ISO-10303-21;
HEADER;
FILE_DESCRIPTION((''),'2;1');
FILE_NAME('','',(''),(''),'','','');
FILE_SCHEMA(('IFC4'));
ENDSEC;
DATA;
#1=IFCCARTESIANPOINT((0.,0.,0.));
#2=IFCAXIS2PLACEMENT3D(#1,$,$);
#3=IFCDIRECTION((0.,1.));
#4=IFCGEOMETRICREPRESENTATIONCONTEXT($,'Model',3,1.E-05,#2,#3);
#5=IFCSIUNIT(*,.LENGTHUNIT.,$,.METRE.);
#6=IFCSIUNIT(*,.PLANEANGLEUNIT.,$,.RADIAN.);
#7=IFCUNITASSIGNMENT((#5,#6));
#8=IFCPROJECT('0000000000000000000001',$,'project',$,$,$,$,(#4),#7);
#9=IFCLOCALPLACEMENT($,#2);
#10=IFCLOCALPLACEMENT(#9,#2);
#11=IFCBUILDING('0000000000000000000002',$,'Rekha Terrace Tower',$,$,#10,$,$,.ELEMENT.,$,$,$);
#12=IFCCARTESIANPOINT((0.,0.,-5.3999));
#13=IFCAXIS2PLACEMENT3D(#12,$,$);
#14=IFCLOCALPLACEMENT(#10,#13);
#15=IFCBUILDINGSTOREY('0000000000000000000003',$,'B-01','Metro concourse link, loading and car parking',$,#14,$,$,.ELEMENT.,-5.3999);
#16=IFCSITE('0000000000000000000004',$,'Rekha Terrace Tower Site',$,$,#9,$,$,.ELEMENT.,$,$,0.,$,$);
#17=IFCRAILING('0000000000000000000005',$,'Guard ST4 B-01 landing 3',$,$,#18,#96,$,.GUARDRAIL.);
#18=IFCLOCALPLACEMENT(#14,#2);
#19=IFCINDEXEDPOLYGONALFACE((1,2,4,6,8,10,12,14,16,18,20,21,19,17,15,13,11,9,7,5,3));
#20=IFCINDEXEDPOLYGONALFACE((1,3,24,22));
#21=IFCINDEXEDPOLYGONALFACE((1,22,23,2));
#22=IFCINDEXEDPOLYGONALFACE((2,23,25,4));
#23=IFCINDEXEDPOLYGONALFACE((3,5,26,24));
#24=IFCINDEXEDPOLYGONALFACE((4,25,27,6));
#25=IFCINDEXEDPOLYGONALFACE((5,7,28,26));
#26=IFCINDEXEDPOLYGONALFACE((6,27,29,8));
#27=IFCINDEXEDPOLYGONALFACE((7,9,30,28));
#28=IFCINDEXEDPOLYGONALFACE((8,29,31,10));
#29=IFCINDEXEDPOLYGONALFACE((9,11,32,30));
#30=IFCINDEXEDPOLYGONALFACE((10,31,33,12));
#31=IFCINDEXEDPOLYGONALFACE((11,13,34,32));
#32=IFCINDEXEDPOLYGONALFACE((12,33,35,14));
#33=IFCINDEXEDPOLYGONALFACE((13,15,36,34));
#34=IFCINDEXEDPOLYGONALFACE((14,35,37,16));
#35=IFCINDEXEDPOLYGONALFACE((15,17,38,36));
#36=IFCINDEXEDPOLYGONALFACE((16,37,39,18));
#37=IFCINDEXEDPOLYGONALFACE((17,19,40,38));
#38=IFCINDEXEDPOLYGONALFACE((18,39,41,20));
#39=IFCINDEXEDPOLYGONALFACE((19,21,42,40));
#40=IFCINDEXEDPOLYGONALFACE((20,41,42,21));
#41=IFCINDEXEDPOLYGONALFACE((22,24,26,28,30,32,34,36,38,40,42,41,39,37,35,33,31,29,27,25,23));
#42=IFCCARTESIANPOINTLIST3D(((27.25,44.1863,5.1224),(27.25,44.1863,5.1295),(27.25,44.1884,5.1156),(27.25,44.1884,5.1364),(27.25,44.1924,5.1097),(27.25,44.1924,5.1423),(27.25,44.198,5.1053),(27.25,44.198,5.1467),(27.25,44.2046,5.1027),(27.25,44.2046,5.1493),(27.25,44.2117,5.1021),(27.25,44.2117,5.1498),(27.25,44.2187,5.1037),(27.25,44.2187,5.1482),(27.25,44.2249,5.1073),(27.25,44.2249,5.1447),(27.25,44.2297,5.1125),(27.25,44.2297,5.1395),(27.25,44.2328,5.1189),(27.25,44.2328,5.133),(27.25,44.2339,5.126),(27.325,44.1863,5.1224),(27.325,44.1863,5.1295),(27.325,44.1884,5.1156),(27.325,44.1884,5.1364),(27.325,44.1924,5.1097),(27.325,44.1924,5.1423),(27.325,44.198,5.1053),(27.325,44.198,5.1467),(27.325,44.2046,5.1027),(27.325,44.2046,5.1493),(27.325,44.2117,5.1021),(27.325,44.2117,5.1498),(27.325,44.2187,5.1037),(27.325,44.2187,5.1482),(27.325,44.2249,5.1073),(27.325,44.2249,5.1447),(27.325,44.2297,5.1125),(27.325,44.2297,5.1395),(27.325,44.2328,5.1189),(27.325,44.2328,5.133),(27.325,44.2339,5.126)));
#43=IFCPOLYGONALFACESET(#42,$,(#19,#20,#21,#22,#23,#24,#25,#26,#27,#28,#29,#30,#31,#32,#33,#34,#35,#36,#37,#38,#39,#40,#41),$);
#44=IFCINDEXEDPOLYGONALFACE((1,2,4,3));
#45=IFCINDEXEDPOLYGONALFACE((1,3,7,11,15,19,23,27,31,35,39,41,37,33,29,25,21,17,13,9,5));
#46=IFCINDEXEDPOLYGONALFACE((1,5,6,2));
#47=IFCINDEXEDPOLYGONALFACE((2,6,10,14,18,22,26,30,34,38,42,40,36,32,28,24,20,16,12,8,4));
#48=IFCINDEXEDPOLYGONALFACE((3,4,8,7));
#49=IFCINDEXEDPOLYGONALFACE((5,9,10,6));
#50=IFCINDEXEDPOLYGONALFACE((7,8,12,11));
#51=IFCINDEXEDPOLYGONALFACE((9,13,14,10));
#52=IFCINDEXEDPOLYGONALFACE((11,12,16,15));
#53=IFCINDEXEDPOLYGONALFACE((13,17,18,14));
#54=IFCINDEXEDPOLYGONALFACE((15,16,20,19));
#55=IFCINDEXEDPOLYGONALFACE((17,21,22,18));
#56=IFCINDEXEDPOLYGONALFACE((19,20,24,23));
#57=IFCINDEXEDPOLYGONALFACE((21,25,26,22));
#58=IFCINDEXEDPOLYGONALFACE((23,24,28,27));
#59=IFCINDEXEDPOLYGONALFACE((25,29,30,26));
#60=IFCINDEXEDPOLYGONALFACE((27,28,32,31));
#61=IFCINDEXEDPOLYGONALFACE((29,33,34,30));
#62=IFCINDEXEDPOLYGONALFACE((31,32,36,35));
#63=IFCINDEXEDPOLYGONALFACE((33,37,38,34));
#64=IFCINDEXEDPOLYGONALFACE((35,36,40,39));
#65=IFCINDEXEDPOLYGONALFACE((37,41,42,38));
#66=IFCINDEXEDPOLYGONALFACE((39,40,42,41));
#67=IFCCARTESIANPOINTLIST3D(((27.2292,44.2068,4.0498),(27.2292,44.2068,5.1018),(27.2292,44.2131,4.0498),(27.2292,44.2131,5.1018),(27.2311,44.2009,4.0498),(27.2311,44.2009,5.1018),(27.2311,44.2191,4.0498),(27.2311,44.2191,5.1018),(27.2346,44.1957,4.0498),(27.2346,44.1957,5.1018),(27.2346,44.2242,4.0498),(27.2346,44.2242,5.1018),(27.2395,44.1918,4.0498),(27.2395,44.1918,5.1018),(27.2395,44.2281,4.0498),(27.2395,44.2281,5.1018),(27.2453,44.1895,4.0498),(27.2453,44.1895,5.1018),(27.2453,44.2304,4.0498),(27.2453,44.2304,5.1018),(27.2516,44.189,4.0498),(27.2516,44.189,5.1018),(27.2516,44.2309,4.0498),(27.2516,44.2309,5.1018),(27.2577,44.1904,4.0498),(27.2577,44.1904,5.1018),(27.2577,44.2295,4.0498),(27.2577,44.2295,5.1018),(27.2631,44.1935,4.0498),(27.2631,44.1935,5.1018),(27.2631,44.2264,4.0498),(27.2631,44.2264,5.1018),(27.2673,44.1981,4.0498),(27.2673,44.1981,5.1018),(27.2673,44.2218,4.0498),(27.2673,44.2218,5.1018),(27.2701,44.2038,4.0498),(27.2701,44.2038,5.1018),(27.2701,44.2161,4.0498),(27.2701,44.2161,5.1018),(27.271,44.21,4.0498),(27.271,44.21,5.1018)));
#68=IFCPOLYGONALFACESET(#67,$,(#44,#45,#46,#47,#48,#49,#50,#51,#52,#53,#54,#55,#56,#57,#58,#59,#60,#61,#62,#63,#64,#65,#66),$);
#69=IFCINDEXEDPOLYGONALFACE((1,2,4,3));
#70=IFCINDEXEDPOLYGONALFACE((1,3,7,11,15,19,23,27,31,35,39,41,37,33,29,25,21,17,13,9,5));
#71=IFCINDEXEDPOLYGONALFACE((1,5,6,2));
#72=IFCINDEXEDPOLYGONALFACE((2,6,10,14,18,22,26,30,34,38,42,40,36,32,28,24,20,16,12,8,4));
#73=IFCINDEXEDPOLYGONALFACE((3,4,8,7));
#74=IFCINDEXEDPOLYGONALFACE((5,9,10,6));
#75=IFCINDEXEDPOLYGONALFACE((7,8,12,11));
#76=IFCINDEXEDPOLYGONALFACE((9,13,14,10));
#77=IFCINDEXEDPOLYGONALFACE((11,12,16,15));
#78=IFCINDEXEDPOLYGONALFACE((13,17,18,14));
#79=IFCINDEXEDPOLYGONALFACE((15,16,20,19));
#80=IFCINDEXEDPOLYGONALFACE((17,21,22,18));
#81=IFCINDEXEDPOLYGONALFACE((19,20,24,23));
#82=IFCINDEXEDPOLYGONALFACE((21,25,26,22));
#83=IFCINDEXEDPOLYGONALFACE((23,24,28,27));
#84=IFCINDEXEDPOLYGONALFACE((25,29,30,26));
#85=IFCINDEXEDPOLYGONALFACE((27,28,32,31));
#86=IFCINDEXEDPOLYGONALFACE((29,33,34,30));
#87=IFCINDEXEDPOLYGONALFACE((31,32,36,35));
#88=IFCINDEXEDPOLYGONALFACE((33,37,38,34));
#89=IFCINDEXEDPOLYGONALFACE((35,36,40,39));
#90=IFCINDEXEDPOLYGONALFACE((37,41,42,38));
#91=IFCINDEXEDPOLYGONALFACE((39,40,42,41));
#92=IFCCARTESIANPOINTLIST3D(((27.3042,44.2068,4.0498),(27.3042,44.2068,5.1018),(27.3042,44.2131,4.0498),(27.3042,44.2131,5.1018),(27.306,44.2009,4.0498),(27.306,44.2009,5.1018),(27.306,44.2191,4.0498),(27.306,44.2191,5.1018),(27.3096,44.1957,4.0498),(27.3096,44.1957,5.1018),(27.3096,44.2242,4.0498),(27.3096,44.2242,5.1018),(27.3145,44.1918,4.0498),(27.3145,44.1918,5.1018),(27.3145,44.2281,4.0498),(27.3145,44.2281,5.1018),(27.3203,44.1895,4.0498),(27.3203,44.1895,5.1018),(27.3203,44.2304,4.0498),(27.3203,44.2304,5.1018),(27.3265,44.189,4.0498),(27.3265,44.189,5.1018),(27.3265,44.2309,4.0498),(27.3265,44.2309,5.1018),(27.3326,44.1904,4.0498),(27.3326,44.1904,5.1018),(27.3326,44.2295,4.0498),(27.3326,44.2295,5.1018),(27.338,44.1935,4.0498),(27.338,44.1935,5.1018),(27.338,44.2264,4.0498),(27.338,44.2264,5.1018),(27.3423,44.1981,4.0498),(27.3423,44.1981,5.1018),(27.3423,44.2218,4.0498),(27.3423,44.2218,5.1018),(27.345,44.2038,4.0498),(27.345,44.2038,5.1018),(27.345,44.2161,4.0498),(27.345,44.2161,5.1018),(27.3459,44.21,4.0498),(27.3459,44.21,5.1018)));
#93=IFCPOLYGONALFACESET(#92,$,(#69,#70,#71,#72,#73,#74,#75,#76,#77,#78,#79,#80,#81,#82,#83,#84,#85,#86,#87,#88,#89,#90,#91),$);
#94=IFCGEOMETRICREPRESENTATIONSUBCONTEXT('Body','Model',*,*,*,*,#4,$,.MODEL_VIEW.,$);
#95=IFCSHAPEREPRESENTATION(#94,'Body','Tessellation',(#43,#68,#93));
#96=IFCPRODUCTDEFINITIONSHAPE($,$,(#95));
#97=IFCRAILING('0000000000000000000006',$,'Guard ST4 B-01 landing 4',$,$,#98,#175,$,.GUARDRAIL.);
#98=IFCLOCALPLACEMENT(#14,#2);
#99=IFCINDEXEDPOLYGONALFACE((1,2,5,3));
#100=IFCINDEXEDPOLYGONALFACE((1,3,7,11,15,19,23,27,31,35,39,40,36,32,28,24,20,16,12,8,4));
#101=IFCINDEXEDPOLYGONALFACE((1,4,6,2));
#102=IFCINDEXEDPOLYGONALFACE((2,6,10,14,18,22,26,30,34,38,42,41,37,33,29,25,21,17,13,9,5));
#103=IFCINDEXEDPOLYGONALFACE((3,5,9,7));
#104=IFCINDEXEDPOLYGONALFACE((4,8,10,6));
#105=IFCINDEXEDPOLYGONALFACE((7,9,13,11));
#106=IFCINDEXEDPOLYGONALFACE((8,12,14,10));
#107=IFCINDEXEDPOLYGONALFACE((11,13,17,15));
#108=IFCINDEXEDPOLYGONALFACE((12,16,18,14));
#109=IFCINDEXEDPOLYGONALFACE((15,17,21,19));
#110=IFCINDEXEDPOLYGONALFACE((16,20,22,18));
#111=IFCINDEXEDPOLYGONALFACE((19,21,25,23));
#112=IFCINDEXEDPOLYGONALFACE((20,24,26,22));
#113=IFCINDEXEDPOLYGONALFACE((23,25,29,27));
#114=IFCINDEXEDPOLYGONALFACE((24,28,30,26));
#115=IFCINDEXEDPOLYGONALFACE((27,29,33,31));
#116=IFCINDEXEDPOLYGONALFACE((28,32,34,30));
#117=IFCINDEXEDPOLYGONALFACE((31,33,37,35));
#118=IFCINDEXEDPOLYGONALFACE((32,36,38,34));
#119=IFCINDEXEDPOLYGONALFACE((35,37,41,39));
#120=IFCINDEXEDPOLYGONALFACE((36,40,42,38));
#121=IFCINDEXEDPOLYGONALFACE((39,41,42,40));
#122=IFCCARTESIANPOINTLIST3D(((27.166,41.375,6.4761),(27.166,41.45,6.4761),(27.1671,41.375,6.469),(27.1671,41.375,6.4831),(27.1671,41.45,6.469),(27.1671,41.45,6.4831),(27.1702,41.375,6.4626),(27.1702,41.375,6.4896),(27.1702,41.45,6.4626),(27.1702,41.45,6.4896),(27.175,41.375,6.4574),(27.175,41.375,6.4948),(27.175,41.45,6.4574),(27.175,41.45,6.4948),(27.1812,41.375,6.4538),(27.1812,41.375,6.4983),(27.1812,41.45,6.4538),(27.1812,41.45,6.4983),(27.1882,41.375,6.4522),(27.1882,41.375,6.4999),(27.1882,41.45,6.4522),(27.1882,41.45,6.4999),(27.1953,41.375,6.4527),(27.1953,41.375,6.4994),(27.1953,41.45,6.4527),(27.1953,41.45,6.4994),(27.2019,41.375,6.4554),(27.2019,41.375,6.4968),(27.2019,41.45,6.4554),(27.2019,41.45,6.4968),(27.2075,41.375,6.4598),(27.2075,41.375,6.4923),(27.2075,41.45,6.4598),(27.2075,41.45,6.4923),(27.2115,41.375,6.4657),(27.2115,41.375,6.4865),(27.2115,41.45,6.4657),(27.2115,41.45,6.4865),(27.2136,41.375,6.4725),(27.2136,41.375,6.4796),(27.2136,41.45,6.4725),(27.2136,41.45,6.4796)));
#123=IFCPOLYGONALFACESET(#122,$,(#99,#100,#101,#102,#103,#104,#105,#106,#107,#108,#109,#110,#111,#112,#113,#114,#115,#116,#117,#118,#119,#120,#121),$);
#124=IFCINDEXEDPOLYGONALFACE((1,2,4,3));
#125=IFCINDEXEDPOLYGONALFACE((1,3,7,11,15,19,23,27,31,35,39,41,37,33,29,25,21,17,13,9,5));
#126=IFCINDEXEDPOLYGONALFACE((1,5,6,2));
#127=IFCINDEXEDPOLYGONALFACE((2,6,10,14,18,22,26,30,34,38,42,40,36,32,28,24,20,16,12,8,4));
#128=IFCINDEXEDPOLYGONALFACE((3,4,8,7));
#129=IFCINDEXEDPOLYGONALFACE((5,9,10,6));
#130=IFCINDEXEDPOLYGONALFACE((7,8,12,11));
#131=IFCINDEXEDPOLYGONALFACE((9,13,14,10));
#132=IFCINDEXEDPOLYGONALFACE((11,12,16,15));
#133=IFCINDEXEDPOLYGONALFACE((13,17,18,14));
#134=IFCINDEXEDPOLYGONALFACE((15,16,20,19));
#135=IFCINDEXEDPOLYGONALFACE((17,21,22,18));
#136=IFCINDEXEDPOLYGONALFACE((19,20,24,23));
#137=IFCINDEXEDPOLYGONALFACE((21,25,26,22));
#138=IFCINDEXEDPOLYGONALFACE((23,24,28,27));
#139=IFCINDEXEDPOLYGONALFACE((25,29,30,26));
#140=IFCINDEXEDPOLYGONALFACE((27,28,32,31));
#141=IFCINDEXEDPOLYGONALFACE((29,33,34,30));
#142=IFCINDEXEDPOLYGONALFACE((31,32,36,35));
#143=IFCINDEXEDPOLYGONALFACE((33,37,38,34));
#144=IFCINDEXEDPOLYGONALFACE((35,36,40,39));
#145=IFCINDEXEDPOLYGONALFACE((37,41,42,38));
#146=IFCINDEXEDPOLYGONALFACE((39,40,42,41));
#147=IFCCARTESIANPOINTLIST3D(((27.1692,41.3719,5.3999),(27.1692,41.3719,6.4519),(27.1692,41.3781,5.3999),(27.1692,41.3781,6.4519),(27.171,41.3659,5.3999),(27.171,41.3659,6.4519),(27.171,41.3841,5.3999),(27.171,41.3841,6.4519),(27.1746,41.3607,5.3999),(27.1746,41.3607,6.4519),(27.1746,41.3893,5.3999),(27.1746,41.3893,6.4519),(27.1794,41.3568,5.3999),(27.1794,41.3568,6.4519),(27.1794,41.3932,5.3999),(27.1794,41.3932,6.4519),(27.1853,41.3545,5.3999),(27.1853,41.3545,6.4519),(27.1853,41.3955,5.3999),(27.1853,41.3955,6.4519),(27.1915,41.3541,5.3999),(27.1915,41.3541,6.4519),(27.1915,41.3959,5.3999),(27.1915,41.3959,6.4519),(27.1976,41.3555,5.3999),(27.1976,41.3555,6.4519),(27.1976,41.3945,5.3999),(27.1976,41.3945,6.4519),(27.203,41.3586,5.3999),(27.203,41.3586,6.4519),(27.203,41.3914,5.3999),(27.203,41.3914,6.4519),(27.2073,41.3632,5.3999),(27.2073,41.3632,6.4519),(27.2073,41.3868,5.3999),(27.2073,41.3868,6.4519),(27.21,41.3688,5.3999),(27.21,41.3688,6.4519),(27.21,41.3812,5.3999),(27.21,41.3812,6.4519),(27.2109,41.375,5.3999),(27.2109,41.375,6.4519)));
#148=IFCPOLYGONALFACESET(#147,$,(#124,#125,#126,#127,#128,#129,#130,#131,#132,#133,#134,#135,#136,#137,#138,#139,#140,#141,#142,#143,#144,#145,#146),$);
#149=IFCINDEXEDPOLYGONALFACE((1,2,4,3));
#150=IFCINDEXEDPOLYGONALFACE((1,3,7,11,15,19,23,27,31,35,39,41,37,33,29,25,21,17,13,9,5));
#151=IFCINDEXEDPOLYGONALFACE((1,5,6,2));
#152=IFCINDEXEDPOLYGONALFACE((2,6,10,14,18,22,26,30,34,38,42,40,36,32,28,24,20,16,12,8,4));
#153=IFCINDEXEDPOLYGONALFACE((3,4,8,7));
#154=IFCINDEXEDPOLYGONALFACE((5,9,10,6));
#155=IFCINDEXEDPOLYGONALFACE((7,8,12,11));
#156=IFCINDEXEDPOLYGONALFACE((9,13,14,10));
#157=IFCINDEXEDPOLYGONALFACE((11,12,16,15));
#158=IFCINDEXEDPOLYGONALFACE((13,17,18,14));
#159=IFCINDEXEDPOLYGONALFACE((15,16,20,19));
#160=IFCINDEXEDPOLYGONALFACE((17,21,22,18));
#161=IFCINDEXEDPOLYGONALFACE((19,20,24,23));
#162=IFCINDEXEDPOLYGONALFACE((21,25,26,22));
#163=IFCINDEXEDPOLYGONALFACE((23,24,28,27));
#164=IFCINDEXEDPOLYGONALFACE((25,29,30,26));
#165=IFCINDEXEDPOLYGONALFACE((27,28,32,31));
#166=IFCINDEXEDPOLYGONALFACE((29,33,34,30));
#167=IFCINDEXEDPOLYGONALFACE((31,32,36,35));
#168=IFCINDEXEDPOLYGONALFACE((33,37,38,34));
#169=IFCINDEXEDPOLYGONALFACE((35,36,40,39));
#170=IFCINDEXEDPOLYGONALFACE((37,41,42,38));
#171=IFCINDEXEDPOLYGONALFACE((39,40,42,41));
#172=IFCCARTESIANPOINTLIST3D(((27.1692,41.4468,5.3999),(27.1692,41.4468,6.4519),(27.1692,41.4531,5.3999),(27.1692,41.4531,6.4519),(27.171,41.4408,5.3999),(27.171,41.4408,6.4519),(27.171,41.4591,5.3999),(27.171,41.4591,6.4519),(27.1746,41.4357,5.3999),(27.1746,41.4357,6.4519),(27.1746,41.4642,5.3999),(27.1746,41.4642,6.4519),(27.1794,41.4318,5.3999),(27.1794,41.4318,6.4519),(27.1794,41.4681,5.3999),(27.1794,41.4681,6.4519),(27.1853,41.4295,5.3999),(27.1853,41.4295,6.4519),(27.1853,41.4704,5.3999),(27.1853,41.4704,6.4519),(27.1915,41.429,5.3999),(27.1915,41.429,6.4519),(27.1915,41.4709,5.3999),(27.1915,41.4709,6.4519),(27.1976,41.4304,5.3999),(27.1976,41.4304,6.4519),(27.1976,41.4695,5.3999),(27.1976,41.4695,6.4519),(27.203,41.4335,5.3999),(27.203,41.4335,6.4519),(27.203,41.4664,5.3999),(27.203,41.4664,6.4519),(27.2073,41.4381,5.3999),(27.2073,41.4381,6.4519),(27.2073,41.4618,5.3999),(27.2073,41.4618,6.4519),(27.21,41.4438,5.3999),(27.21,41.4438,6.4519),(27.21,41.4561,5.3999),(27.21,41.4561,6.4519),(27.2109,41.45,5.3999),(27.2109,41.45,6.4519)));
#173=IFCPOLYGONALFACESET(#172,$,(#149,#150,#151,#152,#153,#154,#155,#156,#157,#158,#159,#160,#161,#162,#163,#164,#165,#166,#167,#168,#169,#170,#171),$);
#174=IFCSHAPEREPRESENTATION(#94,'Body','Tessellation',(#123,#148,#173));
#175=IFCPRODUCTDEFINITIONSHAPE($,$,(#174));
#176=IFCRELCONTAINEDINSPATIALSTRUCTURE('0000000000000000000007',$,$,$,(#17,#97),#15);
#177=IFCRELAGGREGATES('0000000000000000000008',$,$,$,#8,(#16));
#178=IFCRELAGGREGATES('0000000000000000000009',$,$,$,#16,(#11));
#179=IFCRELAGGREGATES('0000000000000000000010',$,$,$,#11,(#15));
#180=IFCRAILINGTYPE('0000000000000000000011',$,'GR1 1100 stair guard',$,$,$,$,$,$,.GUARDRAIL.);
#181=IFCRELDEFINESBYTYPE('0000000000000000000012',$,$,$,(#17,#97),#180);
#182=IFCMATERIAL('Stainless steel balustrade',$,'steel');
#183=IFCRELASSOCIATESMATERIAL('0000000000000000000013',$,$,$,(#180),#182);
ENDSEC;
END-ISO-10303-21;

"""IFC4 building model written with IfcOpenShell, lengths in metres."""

from ifc_helpers import new_model, si_unit, direction, frame, origin, origin_2d, place, context, subcontext, project, spatial, circle, extrude, material, type_object, element, save


model = new_model("IFC4")

# Units and contexts
model_context = context("Model", 3, precision=1e-05, world=origin(), true_north=direction((0.0, 1.0)))
body_context = subcontext(model_context, "Body", "Model", "MODEL_VIEW")
ifc_project = project(units=[si_unit("LENGTHUNIT", "METRE"), si_unit("PLANEANGLEUNIT", "RADIAN")], contexts=[model_context])

# Site, building, storey
site_placement = place(None, origin())
site = spatial("IfcSite", under=ifc_project, at=site_placement, Name="Rekha Terrace Tower Site", CompositionType="ELEMENT", RefElevation=0.0)
building_placement = place(site_placement, origin())
building = spatial("IfcBuilding", under=site, at=building_placement, Name="Rekha Terrace Tower", CompositionType="ELEMENT")
storey_placement = place(building_placement, frame((0.0, 0.0, -5.3999)))
storey = spatial("IfcBuildingStorey", under=building, at=storey_placement, Name="B-01", Description="Metro concourse link, loading and car parking", CompositionType="ELEMENT", Elevation=-5.3999)

# Railings
ifc_material_1 = material(Name="Stainless steel balustrade", Category="steel")
railing_type_1 = type_object("IfcRailingType", Name="GR1 1100 stair guard", PredefinedType="GUARDRAIL", material=ifc_material_1)
railing_1_placement = place(storey_placement, frame((27.25, 44.21, 4.0498)))
element("IfcRailing", 1, at=railing_1_placement, inside=storey, type_object=railing_type_1, Name="Guard ST4 B-01 landing 3", PredefinedType="GUARDRAIL", context=body_context, shape_type="SweptSolid", body=[
    extrude(circle(Radius=0.0239, at=origin_2d()), frame((0.0, 0.0, 1.0762), z_axis=(1.0, 0.0, 0.0), x_axis=(0.0, 1.0, 0.0)), (0.0, 0.0, 1.0), 0.075),
    extrude(circle(Radius=0.021, at=origin_2d()), origin(), (0.0, 0.0, 1.0), 1.052),
    extrude(circle(Radius=0.021, at=origin_2d()), frame((0.075, 0.0, 0.0)), (0.0, 0.0, 1.0), 1.052),
])
railing_2_placement = place(storey_placement, frame((27.1899, 41.375, 5.3999)))
element("IfcRailing", 2, at=railing_2_placement, inside=storey, type_object=railing_type_1, Name="Guard ST4 B-01 landing 4", PredefinedType="GUARDRAIL", context=body_context, shape_type="SweptSolid", body=[
    extrude(circle(Radius=0.0239, at=origin_2d()), frame((0.0, 0.0, 1.0762), z_axis=(0.0, 1.0, 0.0), x_axis=(-1.0, 0.0, 0.0)), (0.0, 0.0, 1.0), 0.075),
    extrude(circle(Radius=0.021, at=origin_2d()), origin(), (0.0, 0.0, 1.0), 1.052),
    extrude(circle(Radius=0.021, at=origin_2d()), frame((0.0, 0.075, 0.0)), (0.0, 0.0, 1.0), 1.052),
])

save(model, "model.ifc")
